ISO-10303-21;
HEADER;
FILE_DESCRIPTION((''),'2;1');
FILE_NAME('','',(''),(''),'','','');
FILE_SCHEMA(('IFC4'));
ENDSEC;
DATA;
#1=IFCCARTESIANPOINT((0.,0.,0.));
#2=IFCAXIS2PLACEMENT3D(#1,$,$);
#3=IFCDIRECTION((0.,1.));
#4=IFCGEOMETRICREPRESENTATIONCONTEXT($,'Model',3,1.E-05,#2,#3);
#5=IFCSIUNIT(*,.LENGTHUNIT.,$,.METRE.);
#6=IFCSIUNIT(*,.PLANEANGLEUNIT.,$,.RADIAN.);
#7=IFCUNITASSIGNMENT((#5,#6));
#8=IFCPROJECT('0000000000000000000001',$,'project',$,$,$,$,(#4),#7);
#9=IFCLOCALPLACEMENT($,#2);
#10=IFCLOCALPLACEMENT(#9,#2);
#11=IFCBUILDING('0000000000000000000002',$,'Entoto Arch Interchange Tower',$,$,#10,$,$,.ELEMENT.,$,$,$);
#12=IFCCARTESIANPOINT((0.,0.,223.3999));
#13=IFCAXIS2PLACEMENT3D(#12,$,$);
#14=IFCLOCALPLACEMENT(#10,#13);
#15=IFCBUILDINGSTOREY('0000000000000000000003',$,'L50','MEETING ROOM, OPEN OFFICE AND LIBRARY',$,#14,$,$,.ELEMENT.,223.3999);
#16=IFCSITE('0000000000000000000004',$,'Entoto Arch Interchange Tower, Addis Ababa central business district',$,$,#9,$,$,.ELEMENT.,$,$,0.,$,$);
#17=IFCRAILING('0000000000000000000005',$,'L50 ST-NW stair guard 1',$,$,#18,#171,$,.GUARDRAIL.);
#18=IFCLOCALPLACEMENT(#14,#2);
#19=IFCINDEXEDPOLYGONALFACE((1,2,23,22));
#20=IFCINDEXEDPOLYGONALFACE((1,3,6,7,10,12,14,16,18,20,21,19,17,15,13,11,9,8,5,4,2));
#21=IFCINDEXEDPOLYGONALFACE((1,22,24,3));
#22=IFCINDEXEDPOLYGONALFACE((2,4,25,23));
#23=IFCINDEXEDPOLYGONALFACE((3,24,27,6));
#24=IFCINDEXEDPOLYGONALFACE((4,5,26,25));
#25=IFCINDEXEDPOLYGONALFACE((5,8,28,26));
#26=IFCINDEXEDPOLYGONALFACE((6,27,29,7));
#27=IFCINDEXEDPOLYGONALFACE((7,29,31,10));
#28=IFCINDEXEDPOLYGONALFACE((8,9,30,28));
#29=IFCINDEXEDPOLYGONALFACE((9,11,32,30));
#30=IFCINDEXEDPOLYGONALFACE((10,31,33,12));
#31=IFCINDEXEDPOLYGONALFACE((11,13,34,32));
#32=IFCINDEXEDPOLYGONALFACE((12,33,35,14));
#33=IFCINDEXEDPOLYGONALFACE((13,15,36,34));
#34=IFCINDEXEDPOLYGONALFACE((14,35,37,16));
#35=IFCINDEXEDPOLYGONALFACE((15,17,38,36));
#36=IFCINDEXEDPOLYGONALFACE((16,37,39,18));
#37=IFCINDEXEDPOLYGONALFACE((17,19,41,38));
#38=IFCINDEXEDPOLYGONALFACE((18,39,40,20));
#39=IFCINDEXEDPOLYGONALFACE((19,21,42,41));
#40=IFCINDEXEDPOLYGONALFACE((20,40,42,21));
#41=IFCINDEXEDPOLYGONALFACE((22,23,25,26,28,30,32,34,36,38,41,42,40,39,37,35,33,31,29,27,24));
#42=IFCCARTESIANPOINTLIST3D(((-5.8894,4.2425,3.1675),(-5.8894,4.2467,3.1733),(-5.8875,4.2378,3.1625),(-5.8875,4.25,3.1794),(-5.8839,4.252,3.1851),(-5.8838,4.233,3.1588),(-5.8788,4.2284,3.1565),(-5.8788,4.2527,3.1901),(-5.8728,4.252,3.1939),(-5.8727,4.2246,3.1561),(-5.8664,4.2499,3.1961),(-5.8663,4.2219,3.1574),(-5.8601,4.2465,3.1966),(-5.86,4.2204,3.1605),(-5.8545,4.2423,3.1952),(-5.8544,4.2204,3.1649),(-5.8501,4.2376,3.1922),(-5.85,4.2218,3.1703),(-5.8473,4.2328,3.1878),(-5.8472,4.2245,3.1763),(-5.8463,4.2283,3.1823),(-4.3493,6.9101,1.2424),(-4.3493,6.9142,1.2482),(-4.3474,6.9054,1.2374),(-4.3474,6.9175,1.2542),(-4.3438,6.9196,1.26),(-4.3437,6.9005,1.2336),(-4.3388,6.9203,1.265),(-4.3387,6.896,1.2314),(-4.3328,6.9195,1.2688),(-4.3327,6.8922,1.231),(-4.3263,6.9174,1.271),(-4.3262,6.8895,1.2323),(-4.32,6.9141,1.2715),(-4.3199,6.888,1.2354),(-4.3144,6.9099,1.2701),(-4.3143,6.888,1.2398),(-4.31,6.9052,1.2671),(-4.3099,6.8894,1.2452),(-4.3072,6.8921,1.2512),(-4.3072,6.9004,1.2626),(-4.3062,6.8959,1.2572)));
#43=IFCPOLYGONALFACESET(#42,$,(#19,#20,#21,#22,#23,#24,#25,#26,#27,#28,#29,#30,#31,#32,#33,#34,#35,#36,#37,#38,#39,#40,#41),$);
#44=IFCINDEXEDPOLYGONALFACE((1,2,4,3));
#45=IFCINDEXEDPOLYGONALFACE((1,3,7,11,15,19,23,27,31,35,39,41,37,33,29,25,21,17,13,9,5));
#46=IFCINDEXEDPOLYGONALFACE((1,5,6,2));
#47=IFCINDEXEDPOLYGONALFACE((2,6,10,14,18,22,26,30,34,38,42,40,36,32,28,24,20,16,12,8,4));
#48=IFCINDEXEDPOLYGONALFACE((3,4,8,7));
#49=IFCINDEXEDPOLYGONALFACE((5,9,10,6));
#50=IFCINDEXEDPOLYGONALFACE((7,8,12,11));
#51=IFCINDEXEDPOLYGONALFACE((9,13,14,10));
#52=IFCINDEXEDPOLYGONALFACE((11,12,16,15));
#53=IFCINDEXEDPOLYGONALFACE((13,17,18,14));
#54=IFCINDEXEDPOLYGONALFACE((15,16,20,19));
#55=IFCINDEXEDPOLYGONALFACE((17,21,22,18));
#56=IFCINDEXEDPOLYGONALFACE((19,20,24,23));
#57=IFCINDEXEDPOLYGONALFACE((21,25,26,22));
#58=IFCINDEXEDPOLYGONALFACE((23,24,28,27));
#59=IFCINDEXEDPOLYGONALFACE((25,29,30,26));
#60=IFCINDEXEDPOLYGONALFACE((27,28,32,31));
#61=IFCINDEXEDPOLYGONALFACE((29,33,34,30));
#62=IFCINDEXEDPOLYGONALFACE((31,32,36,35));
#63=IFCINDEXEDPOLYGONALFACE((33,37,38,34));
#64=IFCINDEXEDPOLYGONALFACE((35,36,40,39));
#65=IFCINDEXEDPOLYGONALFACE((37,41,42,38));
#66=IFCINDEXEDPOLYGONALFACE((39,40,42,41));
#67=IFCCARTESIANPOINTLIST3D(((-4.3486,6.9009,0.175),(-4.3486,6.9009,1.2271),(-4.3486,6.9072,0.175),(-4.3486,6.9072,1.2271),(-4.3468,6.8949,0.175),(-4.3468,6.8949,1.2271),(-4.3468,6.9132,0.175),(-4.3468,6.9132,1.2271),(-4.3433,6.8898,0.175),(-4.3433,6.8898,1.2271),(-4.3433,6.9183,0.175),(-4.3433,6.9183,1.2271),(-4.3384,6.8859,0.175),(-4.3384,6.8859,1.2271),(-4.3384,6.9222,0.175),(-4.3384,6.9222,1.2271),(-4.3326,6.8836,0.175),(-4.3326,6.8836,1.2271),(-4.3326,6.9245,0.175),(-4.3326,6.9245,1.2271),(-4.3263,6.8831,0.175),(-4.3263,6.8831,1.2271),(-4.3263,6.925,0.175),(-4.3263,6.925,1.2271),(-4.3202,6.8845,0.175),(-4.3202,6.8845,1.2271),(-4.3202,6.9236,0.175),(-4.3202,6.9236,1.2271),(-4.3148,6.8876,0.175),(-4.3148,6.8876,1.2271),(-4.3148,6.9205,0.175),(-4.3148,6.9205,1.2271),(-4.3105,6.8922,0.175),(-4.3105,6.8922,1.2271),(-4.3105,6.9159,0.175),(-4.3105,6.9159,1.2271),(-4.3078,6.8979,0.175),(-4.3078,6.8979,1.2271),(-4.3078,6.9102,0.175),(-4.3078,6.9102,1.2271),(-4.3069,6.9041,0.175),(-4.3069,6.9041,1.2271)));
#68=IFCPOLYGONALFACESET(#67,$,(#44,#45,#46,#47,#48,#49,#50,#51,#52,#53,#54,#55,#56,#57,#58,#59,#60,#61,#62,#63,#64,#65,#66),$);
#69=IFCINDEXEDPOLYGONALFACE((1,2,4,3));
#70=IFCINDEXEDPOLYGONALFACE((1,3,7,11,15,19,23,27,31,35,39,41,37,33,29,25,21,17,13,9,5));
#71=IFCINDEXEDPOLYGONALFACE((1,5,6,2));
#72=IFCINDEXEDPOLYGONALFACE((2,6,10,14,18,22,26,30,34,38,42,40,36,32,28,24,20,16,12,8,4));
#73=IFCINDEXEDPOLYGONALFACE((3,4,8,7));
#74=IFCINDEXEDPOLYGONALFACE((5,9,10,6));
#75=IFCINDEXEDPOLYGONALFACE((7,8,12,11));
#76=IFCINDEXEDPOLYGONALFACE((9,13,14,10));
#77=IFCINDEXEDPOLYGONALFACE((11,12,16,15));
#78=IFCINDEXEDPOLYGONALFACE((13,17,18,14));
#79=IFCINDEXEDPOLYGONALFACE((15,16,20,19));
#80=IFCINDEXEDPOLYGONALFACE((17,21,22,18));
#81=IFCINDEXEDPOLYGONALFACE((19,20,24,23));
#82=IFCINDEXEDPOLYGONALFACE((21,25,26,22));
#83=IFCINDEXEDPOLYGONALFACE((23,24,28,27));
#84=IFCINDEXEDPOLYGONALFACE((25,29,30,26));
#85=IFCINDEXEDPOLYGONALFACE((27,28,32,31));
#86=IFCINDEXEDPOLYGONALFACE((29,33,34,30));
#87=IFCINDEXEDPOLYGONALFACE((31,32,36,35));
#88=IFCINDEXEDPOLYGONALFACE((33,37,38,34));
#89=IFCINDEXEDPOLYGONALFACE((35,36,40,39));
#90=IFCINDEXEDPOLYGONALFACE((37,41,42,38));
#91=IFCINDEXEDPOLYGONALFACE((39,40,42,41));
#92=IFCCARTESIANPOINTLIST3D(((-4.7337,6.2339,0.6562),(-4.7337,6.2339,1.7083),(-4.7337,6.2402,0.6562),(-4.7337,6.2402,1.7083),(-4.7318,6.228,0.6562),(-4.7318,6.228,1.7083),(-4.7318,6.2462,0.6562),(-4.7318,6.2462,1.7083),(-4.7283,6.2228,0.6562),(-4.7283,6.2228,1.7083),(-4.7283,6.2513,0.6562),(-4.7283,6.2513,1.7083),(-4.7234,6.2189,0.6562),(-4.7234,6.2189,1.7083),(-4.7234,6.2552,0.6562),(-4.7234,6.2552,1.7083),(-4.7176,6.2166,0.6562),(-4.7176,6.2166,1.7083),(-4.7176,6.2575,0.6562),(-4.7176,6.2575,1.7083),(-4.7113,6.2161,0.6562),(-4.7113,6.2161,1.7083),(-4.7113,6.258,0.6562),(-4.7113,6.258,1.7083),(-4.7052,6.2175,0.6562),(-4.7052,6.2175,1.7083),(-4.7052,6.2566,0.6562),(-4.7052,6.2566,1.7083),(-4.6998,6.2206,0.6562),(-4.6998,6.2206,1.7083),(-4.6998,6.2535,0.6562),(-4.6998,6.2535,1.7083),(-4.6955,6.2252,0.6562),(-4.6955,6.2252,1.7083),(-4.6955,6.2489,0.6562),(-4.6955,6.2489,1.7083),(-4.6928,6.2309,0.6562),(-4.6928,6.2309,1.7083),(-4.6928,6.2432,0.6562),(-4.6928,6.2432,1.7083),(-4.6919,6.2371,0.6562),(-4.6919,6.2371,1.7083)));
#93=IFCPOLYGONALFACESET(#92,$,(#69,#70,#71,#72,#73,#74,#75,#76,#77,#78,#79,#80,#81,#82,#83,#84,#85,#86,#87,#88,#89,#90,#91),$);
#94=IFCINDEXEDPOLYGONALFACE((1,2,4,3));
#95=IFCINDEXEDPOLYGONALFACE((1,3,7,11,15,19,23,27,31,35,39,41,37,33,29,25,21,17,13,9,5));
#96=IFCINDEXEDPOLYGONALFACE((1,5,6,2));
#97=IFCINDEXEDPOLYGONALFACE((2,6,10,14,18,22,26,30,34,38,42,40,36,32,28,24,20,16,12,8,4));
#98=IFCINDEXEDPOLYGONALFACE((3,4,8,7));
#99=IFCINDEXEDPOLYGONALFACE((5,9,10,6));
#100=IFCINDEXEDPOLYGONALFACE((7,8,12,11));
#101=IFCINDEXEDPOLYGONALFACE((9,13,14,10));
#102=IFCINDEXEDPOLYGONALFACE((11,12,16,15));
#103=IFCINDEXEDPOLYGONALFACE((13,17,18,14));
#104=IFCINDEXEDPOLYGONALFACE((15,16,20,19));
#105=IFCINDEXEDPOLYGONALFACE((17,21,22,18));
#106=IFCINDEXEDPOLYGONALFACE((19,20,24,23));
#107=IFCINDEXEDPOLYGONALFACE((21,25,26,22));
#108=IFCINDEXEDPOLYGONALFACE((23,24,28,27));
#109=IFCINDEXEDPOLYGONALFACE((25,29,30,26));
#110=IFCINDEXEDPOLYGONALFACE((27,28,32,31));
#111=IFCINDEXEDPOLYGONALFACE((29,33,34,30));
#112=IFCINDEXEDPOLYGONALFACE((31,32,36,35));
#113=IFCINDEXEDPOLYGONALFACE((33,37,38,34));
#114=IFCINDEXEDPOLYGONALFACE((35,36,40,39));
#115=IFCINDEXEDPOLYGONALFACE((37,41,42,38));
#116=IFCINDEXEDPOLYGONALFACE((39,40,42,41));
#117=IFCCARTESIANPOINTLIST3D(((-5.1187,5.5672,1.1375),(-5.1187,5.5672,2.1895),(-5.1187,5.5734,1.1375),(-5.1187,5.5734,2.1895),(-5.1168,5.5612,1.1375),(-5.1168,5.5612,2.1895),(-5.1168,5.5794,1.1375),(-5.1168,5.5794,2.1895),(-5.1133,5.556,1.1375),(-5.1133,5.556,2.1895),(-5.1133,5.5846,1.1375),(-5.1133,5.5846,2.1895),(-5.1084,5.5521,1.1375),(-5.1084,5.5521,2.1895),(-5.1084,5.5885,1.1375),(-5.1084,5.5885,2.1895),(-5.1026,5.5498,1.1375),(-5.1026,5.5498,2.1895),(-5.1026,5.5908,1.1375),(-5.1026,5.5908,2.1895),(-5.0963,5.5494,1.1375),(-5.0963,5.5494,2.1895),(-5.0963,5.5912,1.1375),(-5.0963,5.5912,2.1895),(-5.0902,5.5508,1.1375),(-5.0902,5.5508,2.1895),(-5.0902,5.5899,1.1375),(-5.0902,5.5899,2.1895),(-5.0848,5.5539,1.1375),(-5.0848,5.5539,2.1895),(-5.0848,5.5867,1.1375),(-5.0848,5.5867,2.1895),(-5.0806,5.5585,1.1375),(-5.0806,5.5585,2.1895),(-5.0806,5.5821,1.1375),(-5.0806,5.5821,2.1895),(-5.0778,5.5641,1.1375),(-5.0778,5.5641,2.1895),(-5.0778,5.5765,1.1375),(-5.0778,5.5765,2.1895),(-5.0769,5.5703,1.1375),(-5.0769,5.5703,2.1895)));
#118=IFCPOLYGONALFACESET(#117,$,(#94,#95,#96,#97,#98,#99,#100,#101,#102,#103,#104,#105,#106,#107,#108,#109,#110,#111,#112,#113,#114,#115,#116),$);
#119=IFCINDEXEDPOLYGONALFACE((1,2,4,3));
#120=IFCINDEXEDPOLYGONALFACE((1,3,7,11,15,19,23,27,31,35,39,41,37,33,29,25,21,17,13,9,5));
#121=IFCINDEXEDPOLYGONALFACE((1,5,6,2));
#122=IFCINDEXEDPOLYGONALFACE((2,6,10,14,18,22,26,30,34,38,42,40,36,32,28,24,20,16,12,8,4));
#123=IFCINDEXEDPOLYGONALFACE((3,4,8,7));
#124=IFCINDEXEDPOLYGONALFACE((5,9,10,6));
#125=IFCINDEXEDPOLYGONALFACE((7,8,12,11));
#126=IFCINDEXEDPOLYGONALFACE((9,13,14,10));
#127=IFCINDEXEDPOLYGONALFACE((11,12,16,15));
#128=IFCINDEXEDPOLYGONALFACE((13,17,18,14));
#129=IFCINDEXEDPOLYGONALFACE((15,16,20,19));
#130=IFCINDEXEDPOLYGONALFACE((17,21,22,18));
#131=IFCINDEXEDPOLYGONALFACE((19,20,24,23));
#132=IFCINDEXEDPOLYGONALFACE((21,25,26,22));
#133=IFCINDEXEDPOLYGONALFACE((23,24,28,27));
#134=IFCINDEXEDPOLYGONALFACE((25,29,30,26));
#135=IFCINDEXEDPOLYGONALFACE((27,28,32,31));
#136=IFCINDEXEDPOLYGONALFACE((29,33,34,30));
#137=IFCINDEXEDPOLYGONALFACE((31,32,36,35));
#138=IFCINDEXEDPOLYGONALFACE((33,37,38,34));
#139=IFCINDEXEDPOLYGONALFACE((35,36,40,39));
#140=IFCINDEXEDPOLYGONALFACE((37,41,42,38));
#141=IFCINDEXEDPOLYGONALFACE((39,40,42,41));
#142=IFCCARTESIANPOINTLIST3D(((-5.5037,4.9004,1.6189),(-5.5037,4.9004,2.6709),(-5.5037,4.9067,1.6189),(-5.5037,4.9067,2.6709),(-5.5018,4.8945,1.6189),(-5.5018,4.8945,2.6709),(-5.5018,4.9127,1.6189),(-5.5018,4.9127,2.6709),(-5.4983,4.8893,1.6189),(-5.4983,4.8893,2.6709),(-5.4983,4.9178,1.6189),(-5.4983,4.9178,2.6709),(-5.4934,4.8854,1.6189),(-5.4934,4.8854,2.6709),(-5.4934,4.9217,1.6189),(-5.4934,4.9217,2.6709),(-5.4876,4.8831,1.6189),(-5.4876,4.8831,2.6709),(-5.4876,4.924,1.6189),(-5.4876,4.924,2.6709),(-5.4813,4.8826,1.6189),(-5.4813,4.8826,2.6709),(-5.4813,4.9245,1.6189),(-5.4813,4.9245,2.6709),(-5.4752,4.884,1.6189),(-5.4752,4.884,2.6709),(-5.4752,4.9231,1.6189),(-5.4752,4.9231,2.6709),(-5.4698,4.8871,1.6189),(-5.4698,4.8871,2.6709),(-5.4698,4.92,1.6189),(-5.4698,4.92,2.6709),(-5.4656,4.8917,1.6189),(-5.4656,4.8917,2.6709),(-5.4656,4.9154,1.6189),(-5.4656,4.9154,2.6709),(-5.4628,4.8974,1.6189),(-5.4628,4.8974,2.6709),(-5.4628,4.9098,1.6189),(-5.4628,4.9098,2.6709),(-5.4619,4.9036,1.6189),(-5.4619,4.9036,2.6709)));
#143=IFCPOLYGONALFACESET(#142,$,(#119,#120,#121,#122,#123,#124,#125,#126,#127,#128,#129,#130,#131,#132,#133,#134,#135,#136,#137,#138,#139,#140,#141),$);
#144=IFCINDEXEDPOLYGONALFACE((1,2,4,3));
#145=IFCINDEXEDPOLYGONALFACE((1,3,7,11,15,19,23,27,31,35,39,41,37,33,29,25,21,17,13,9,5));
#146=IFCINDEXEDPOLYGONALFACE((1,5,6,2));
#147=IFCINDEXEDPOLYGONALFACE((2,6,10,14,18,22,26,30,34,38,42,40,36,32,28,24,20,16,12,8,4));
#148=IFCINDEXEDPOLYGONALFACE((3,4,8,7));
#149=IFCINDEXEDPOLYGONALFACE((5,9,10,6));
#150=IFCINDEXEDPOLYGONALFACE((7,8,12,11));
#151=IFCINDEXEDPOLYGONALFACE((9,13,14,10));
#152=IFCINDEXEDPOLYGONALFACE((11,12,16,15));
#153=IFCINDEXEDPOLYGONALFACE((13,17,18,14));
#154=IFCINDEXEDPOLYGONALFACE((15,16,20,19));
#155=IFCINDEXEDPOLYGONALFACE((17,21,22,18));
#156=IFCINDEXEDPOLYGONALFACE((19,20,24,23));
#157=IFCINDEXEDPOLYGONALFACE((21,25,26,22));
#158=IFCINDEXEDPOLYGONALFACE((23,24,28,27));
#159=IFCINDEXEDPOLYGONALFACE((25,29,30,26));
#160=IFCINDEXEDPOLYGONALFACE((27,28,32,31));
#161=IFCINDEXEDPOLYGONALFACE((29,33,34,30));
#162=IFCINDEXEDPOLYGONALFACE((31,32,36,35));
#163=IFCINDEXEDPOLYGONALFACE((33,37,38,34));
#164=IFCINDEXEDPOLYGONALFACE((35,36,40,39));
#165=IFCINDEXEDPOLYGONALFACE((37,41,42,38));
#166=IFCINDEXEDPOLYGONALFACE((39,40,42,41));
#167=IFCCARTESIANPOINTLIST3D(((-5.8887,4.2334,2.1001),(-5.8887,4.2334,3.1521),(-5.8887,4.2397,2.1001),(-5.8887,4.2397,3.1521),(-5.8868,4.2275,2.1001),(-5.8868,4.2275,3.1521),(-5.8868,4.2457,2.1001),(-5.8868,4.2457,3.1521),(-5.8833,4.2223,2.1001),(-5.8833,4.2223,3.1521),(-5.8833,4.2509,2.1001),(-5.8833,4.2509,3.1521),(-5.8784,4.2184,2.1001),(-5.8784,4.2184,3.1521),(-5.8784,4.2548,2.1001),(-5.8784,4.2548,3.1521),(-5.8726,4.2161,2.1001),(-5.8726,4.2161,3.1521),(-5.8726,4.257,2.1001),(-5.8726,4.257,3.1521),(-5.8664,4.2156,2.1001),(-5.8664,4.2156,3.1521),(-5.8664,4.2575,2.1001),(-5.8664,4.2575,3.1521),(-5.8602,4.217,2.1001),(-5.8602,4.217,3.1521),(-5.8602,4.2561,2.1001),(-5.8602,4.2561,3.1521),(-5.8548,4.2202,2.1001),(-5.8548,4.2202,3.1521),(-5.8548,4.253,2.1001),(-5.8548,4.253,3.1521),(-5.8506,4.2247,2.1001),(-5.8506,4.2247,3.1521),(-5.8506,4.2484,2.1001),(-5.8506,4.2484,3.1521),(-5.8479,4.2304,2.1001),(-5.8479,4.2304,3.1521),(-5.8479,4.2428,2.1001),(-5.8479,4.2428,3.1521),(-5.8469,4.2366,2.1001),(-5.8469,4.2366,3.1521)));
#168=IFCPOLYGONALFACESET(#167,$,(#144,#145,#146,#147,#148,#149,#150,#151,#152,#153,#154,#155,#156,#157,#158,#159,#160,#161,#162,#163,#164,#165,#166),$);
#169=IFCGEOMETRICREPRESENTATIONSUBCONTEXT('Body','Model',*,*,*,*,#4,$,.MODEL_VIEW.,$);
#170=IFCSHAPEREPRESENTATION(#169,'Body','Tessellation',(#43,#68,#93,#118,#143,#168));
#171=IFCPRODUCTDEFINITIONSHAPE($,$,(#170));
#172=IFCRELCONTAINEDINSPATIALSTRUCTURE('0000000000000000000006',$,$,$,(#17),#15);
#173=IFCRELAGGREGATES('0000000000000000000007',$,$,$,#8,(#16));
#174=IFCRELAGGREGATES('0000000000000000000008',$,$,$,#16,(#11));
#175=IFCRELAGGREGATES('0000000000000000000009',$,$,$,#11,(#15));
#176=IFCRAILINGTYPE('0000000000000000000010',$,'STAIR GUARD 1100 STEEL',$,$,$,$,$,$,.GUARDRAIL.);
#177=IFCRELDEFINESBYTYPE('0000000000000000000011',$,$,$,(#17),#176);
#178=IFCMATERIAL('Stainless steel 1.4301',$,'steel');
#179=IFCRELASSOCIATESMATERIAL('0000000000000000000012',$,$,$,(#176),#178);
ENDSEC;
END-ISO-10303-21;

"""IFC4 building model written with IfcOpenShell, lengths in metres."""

from ifc_helpers import new_model, si_unit, direction, frame, origin, origin_2d, place, context, subcontext, project, spatial, circle, extrude, material, type_object, element, save


model = new_model("IFC4")

# Units and contexts
model_context = context("Model", 3, precision=1e-05, world=origin(), true_north=direction((0.0, 1.0)))
body_context = subcontext(model_context, "Body", "Model", "MODEL_VIEW")
ifc_project = project(units=[si_unit("LENGTHUNIT", "METRE"), si_unit("PLANEANGLEUNIT", "RADIAN")], contexts=[model_context])

# Site, building, storey
site_placement = place(None, origin())
site = spatial("IfcSite", under=ifc_project, at=site_placement, Name="Entoto Arch Interchange Tower, Addis Ababa central business district", CompositionType="ELEMENT", RefElevation=0.0)
building_placement = place(site_placement, origin())
building = spatial("IfcBuilding", under=site, at=building_placement, Name="Entoto Arch Interchange Tower", CompositionType="ELEMENT")
storey_placement = place(building_placement, frame((0.0, 0.0, 223.3999)))
storey = spatial("IfcBuildingStorey", under=building, at=storey_placement, Name="L50", Description="MEETING ROOM, OPEN OFFICE AND LIBRARY", CompositionType="ELEMENT", Elevation=223.3999)

# Railing
ifc_material_1 = material(Name="Stainless steel 1.4301", Category="steel")
railing_type_1 = type_object("IfcRailingType", Name="STAIR GUARD 1100 STEEL", PredefinedType="GUARDRAIL", material=ifc_material_1)
railing_1_placement = place(storey_placement, frame((-4.3279, 6.9041, 0.175)))
element("IfcRailing", 1, at=railing_1_placement, inside=storey, type_object=railing_type_1, Name="L50 ST-NW stair guard 1", PredefinedType="GUARDRAIL", context=body_context, shape_type="SweptSolid", body=[
    extrude(circle(Radius=0.0239, at=origin_2d()), frame((0.0, 0.0, 1.0762), z_axis=(-0.423994, -0.734395, 0.529993), x_axis=(0.86603, -0.499992, 0.0)), (0.0, 0.0, 1.0), 3.6323),
    extrude(circle(Radius=0.021, at=origin_2d()), origin(), (0.0, 0.0, 1.0), 1.052),
    extrude(circle(Radius=0.021, at=origin_2d()), frame((-0.385, -0.667, 0.4812)), (0.0, 0.0, 1.0), 1.052),
    extrude(circle(Radius=0.021, at=origin_2d()), frame((-0.77, -1.3337, 0.9624)), (0.0, 0.0, 1.0), 1.052),
    extrude(circle(Radius=0.021, at=origin_2d()), frame((-1.155, -2.0005, 1.4438)), (0.0, 0.0, 1.0), 1.052),
    extrude(circle(Radius=0.021, at=origin_2d()), frame((-1.54, -2.6675, 1.925)), (0.0, 0.0, 1.0), 1.052),
])

save(model, "model.ifc")
